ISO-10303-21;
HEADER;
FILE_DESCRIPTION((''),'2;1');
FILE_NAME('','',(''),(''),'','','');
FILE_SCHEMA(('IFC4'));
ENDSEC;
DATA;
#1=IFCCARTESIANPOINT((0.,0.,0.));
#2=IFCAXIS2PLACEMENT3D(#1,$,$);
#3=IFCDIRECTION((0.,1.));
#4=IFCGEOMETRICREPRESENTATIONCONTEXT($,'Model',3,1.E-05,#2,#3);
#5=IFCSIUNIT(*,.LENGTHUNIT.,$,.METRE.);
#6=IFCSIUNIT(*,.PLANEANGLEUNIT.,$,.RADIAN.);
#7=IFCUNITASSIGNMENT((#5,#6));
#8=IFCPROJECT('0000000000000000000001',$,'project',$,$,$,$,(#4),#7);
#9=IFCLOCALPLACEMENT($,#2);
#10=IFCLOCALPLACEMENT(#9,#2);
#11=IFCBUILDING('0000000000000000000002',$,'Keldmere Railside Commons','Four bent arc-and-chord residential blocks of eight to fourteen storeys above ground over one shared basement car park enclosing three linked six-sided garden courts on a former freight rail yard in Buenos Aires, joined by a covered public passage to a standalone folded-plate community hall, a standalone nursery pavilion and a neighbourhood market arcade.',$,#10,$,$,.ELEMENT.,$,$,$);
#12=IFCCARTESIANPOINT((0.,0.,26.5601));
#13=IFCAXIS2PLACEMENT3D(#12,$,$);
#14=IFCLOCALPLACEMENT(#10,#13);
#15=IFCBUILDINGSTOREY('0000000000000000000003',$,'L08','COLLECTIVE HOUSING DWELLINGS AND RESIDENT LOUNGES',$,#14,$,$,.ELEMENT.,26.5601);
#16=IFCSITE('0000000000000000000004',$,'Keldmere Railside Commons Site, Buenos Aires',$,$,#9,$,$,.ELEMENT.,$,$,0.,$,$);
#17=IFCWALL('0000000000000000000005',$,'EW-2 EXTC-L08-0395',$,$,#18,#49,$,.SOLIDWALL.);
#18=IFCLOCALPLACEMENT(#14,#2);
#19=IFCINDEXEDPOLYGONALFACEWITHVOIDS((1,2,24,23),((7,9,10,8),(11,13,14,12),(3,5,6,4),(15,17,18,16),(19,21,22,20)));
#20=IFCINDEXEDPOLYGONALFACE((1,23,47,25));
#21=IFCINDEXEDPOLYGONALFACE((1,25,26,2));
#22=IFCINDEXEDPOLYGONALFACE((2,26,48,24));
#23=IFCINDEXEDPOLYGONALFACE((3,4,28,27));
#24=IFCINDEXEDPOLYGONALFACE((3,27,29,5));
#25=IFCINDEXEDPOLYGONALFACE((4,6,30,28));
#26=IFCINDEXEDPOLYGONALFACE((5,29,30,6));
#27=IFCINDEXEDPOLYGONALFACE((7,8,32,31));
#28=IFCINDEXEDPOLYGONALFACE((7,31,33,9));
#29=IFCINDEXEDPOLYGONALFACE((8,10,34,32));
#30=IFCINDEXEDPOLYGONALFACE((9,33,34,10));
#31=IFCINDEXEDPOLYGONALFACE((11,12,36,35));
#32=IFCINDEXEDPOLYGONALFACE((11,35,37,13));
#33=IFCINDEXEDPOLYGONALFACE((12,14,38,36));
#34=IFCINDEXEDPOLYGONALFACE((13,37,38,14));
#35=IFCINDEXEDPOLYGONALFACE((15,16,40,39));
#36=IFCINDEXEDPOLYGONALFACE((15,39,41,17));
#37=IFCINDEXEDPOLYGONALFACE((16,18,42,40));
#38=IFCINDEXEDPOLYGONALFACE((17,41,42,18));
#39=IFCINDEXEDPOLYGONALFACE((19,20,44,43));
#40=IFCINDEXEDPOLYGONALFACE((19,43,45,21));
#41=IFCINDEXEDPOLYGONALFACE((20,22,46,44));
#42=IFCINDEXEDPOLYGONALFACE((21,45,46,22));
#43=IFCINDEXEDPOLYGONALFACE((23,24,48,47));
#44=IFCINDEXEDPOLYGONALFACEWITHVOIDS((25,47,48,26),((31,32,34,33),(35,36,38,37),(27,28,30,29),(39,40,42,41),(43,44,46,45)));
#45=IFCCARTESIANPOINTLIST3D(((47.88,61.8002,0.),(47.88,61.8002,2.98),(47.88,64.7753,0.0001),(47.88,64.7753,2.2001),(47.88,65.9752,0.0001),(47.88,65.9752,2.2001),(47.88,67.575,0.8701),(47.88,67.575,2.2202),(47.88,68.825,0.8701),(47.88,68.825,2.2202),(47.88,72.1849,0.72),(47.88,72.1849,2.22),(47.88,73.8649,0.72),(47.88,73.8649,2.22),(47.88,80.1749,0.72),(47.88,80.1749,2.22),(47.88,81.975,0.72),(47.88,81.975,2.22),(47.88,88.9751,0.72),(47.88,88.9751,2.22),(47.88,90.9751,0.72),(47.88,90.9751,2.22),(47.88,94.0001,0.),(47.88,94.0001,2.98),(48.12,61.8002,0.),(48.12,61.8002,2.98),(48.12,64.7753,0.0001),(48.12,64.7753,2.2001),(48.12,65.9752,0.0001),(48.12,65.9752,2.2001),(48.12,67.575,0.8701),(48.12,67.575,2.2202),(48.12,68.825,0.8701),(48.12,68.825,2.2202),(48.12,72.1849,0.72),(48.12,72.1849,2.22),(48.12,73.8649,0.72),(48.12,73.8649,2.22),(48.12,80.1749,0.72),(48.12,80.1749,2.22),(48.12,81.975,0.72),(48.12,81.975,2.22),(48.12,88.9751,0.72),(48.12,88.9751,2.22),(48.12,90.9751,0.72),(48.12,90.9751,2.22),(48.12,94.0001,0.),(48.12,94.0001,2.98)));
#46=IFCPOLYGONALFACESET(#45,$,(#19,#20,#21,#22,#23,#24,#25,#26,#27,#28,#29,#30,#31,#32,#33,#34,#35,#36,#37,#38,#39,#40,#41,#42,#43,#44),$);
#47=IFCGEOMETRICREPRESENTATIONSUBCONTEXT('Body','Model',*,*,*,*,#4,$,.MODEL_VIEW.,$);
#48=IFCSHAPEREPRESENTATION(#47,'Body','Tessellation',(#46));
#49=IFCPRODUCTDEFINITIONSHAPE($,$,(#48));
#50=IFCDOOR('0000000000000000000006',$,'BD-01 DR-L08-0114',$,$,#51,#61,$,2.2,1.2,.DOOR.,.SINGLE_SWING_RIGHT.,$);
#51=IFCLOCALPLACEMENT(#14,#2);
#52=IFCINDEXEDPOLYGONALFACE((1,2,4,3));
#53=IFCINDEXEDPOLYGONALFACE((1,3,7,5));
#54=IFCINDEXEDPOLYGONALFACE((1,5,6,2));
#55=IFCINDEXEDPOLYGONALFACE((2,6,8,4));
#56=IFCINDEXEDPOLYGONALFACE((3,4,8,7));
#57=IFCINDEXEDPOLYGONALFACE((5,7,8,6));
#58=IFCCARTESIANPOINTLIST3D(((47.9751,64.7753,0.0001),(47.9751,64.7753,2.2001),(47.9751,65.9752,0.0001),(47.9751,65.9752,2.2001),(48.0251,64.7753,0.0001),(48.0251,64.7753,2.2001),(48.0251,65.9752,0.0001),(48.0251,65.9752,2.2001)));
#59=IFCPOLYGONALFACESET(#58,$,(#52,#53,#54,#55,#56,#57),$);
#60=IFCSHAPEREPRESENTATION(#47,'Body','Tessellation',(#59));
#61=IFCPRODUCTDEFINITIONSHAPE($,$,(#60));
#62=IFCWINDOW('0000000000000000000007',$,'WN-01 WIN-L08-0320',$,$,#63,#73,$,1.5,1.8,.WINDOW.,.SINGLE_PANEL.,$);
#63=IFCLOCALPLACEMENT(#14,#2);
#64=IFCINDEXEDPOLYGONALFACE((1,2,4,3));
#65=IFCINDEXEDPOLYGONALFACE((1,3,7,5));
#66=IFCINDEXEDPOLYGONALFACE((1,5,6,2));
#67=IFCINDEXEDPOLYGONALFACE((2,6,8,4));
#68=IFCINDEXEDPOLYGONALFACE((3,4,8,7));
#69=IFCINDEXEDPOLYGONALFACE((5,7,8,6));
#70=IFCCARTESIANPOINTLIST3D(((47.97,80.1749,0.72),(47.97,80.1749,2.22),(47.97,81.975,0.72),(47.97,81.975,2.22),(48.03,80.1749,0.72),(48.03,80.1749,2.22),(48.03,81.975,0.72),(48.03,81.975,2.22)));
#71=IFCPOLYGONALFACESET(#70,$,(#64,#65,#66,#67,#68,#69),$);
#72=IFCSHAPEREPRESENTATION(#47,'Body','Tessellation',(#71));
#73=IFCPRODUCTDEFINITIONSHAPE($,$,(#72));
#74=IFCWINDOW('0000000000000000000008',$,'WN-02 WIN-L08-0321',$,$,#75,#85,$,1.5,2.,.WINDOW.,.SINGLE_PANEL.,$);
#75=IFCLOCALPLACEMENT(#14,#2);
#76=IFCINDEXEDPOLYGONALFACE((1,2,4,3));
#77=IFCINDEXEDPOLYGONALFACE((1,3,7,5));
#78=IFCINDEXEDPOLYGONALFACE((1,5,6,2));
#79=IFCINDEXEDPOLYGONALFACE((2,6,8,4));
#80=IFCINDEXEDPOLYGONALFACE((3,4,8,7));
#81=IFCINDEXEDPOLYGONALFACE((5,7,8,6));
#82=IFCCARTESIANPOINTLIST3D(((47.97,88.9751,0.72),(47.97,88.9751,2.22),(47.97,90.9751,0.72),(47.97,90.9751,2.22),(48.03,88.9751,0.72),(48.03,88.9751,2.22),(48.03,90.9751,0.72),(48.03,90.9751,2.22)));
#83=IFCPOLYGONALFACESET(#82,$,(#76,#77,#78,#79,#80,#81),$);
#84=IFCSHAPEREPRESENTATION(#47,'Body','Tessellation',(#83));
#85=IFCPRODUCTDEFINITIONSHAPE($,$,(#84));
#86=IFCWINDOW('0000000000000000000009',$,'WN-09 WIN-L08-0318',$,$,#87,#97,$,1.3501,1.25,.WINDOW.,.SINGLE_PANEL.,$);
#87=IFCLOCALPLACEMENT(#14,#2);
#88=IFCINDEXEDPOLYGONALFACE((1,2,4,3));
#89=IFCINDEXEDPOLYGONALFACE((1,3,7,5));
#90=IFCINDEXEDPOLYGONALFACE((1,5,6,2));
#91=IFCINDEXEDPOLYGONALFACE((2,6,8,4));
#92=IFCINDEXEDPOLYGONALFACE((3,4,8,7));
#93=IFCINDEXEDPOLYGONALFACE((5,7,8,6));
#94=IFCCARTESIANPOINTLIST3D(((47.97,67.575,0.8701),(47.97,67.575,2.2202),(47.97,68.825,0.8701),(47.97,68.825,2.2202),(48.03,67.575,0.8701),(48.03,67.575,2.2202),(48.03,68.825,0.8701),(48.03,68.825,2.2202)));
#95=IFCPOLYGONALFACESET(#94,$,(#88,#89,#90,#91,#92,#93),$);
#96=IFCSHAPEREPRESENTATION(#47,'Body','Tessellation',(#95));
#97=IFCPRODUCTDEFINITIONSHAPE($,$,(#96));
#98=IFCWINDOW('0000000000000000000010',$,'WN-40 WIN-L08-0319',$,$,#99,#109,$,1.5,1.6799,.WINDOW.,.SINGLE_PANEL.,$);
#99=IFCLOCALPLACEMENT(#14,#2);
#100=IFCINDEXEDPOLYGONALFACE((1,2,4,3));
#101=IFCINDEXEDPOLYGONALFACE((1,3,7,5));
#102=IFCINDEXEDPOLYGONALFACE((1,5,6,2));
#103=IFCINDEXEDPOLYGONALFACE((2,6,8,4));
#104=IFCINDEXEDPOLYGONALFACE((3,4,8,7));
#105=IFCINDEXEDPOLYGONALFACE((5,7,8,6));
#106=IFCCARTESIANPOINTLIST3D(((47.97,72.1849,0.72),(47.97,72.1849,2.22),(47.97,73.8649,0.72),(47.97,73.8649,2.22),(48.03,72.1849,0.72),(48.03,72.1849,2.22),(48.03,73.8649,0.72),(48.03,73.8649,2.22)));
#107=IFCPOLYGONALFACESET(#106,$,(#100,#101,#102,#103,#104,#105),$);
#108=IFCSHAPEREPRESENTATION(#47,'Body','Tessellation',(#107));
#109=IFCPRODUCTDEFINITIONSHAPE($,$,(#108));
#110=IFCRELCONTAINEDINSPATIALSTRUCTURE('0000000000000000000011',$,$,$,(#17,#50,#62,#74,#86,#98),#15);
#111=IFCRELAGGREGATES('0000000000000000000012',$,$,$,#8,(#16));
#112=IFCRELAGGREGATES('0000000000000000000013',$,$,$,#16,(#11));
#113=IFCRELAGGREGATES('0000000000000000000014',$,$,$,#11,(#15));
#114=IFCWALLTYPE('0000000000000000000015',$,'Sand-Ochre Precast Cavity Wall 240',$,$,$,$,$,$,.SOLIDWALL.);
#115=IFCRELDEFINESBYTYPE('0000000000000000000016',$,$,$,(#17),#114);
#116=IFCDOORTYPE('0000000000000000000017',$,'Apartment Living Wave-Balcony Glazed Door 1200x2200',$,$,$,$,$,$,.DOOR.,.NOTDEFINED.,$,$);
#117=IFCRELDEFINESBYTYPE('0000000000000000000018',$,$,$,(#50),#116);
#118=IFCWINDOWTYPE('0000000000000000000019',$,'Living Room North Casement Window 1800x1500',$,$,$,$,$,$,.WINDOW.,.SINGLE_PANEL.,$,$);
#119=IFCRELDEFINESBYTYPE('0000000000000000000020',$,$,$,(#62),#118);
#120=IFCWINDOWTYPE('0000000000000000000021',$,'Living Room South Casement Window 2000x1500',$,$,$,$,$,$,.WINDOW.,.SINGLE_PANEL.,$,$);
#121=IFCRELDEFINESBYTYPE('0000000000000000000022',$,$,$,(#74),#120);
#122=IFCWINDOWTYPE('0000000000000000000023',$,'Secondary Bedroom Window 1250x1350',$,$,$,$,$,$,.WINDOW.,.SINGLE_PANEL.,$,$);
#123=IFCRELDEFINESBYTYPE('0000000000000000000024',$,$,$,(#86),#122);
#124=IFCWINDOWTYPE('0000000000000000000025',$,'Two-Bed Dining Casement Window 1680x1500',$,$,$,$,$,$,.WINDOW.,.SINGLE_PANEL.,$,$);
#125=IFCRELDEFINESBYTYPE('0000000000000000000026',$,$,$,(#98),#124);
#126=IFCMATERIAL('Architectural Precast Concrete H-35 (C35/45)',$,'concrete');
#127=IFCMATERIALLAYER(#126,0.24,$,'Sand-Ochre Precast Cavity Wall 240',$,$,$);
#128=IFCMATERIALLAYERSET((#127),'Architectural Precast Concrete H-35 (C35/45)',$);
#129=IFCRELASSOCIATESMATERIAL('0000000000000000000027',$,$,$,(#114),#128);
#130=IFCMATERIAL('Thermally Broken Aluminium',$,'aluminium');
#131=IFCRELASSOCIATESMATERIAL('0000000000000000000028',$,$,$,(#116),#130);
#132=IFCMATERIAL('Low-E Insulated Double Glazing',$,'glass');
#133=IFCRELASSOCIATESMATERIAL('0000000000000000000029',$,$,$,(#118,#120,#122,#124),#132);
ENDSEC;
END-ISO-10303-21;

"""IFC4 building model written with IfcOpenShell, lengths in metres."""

from ifc_helpers import new_model, si_unit, direction, frame, frame_2d, origin, place, context, subcontext, project, spatial, rectangle, extrude, material, layer, layer_set, type_object, element, fill, save


model = new_model("IFC4")

# Units and contexts
model_context = context("Model", 3, precision=1e-05, world=origin(), true_north=direction((0.0, 1.0)))
body_context = subcontext(model_context, "Body", "Model", "MODEL_VIEW")
ifc_project = project(units=[si_unit("LENGTHUNIT", "METRE"), si_unit("PLANEANGLEUNIT", "RADIAN")], contexts=[model_context])

# Site, building, storey
site_placement = place(None, origin())
site = spatial("IfcSite", under=ifc_project, at=site_placement, Name="Keldmere Railside Commons Site, Buenos Aires", CompositionType="ELEMENT", RefElevation=0.0)
building_placement = place(site_placement, origin())
building = spatial("IfcBuilding", under=site, at=building_placement, Name="Keldmere Railside Commons", Description="Four bent arc-and-chord residential blocks of eight to fourteen storeys above ground over one shared basement car park enclosing three linked six-sided garden courts on a former freight rail yard in Buenos Aires, joined by a covered public passage to a standalone folded-plate community hall, a standalone nursery pavilion and a neighbourhood market arcade.", CompositionType="ELEMENT")
storey_placement = place(building_placement, frame((0.0, 0.0, 26.5601)))
storey = spatial("IfcBuildingStorey", under=building, at=storey_placement, Name="L08", Description="COLLECTIVE HOUSING DWELLINGS AND RESIDENT LOUNGES", CompositionType="ELEMENT", Elevation=26.5601)

# Wall, openings, door, windows
ifc_material_1 = material(Name="Architectural Precast Concrete H-35 (C35/45)", Category="concrete")
ifc_layer_1 = layer(ifc_material_1, 0.24, Name="Sand-Ochre Precast Cavity Wall 240")
ifc_layer_set_1 = layer_set([ifc_layer_1], Name="Architectural Precast Concrete H-35 (C35/45)")
wall_type_1 = type_object("IfcWallType", Name="Sand-Ochre Precast Cavity Wall 240", PredefinedType="SOLIDWALL", material=ifc_layer_set_1)
wall_1_placement = place(storey_placement, frame((48.0, 61.8, 0.0), z_axis=(0.0, 0.0, 1.0), x_axis=(0.0, 1.0, 0.0)))
wall_1 = element("IfcWall", 1, at=wall_1_placement, inside=storey, type_object=wall_type_1, Name="EW-2 EXTC-L08-0395", PredefinedType="SOLIDWALL", context=body_context, shape_type="SweptSolid", body=[
    extrude(rectangle(XDim=32.2, YDim=0.24, at=frame_2d((16.1001, 0.0))), origin(), (0.0, 0.0, 1.0), 2.98),
])
opening_1_placement = place(wall_1_placement, frame((2.9751, 0.0, 0.0)))
opening_1 = element("IfcOpeningElement", 2, at=opening_1_placement, cuts=wall_1, PredefinedType="OPENING", context=body_context, shape_type="SweptSolid", body=[
    extrude(rectangle(XDim=1.2, YDim=2.2, at=frame_2d((0.6001, 1.1001))), frame((0.0, 0.1299, 0.0), z_axis=(0.0, -1.0, 0.0), x_axis=(1.0, 0.0, 0.0)), (0.0, 0.0, 1.0), 0.26),
])
opening_2_placement = place(wall_1_placement, frame((5.7749, 0.0, 0.8701)))
opening_2 = element("IfcOpeningElement", 3, at=opening_2_placement, cuts=wall_1, PredefinedType="OPENING", context=body_context, shape_type="SweptSolid", body=[
    extrude(rectangle(XDim=1.25, YDim=1.3501, at=frame_2d((0.625, 0.675))), frame((0.0, 0.1299, 0.0), z_axis=(0.0, -1.0, 0.0), x_axis=(1.0, 0.0, 0.0)), (0.0, 0.0, 1.0), 0.26),
])
opening_3_placement = place(wall_1_placement, frame((10.385, 0.0, 0.72)))
opening_3 = element("IfcOpeningElement", 4, at=opening_3_placement, cuts=wall_1, PredefinedType="OPENING", context=body_context, shape_type="SweptSolid", body=[
    extrude(rectangle(XDim=1.6799, YDim=1.5, at=frame_2d((0.8398, 0.75))), frame((0.0, 0.1299, 0.0), z_axis=(0.0, -1.0, 0.0), x_axis=(1.0, 0.0, 0.0)), (0.0, 0.0, 1.0), 0.26),
])
opening_4_placement = place(wall_1_placement, frame((18.375, 0.0, 0.72)))
opening_4 = element("IfcOpeningElement", 5, at=opening_4_placement, cuts=wall_1, PredefinedType="OPENING", context=body_context, shape_type="SweptSolid", body=[
    extrude(rectangle(XDim=1.8, YDim=1.5, at=frame_2d((0.8999, 0.75))), frame((0.0, 0.1299, 0.0), z_axis=(0.0, -1.0, 0.0), x_axis=(1.0, 0.0, 0.0)), (0.0, 0.0, 1.0), 0.26),
])
opening_5_placement = place(wall_1_placement, frame((27.175, 0.0, 0.72)))
opening_5 = element("IfcOpeningElement", 6, at=opening_5_placement, cuts=wall_1, PredefinedType="OPENING", context=body_context, shape_type="SweptSolid", body=[
    extrude(rectangle(XDim=2.0, YDim=1.5, at=frame_2d((1.0, 0.75))), frame((0.0, 0.1299, 0.0), z_axis=(0.0, -1.0, 0.0), x_axis=(1.0, 0.0, 0.0)), (0.0, 0.0, 1.0), 0.26),
])
ifc_material_2 = material(Name="Thermally Broken Aluminium", Category="aluminium")
door_type_1 = type_object("IfcDoorType", Name="Apartment Living Wave-Balcony Glazed Door 1200x2200", OperationType="NOTDEFINED", PredefinedType="DOOR", material=ifc_material_2)
door_1_placement = place(opening_1_placement, origin())
door_1 = element("IfcDoor", 7, at=door_1_placement, inside=storey, type_object=door_type_1, Name="BD-01 DR-L08-0114", OperationType="SINGLE_SWING_RIGHT", OverallHeight=2.2, OverallWidth=1.2, PredefinedType="DOOR", context=body_context, shape_type="SweptSolid", body=[
    extrude(rectangle(XDim=1.2, YDim=2.2, at=frame_2d((0.6001, 1.1001))), frame((0.0, 0.0249, 0.0), z_axis=(0.0, -1.0, 0.0), x_axis=(1.0, 0.0, 0.0)), (0.0, 0.0, 1.0), 0.05),
])
fill(opening_1, door_1)
ifc_material_3 = material(Name="Low-E Insulated Double Glazing", Category="glass")
window_type_1 = type_object("IfcWindowType", Name="Living Room North Casement Window 1800x1500", PartitioningType="SINGLE_PANEL", PredefinedType="WINDOW", material=ifc_material_3)
window_1_placement = place(opening_4_placement, origin())
window_1 = element("IfcWindow", 8, at=window_1_placement, inside=storey, type_object=window_type_1, Name="WN-01 WIN-L08-0320", OverallHeight=1.5, OverallWidth=1.8, PartitioningType="SINGLE_PANEL", PredefinedType="WINDOW", context=body_context, shape_type="SweptSolid", body=[
    extrude(rectangle(XDim=1.8, YDim=1.5, at=frame_2d((0.8999, 0.75))), frame((0.0, 0.03, 0.0), z_axis=(0.0, -1.0, 0.0), x_axis=(1.0, 0.0, 0.0)), (0.0, 0.0, 1.0), 0.0601),
])
fill(opening_4, window_1)
window_type_2 = type_object("IfcWindowType", Name="Living Room South Casement Window 2000x1500", PartitioningType="SINGLE_PANEL", PredefinedType="WINDOW", material=ifc_material_3)
window_2_placement = place(opening_5_placement, origin())
window_2 = element("IfcWindow", 9, at=window_2_placement, inside=storey, type_object=window_type_2, Name="WN-02 WIN-L08-0321", OverallHeight=1.5, OverallWidth=2.0, PartitioningType="SINGLE_PANEL", PredefinedType="WINDOW", context=body_context, shape_type="SweptSolid", body=[
    extrude(rectangle(XDim=2.0, YDim=1.5, at=frame_2d((1.0, 0.75))), frame((0.0, 0.03, 0.0), z_axis=(0.0, -1.0, 0.0), x_axis=(1.0, 0.0, 0.0)), (0.0, 0.0, 1.0), 0.0601),
])
fill(opening_5, window_2)
window_type_3 = type_object("IfcWindowType", Name="Secondary Bedroom Window 1250x1350", PartitioningType="SINGLE_PANEL", PredefinedType="WINDOW", material=ifc_material_3)
window_3_placement = place(opening_2_placement, origin())
window_3 = element("IfcWindow", 10, at=window_3_placement, inside=storey, type_object=window_type_3, Name="WN-09 WIN-L08-0318", OverallHeight=1.3501, OverallWidth=1.25, PartitioningType="SINGLE_PANEL", PredefinedType="WINDOW", context=body_context, shape_type="SweptSolid", body=[
    extrude(rectangle(XDim=1.25, YDim=1.3501, at=frame_2d((0.625, 0.675))), frame((0.0, 0.03, 0.0), z_axis=(0.0, -1.0, 0.0), x_axis=(1.0, 0.0, 0.0)), (0.0, 0.0, 1.0), 0.0601),
])
fill(opening_2, window_3)
window_type_4 = type_object("IfcWindowType", Name="Two-Bed Dining Casement Window 1680x1500", PartitioningType="SINGLE_PANEL", PredefinedType="WINDOW", material=ifc_material_3)
window_4_placement = place(opening_3_placement, origin())
window_4 = element("IfcWindow", 11, at=window_4_placement, inside=storey, type_object=window_type_4, Name="WN-40 WIN-L08-0319", OverallHeight=1.5, OverallWidth=1.6799, PartitioningType="SINGLE_PANEL", PredefinedType="WINDOW", context=body_context, shape_type="SweptSolid", body=[
    extrude(rectangle(XDim=1.6799, YDim=1.5, at=frame_2d((0.8398, 0.75))), frame((0.0, 0.03, 0.0), z_axis=(0.0, -1.0, 0.0), x_axis=(1.0, 0.0, 0.0)), (0.0, 0.0, 1.0), 0.0601),
])
fill(opening_3, window_4)

save(model, "model.ifc")
